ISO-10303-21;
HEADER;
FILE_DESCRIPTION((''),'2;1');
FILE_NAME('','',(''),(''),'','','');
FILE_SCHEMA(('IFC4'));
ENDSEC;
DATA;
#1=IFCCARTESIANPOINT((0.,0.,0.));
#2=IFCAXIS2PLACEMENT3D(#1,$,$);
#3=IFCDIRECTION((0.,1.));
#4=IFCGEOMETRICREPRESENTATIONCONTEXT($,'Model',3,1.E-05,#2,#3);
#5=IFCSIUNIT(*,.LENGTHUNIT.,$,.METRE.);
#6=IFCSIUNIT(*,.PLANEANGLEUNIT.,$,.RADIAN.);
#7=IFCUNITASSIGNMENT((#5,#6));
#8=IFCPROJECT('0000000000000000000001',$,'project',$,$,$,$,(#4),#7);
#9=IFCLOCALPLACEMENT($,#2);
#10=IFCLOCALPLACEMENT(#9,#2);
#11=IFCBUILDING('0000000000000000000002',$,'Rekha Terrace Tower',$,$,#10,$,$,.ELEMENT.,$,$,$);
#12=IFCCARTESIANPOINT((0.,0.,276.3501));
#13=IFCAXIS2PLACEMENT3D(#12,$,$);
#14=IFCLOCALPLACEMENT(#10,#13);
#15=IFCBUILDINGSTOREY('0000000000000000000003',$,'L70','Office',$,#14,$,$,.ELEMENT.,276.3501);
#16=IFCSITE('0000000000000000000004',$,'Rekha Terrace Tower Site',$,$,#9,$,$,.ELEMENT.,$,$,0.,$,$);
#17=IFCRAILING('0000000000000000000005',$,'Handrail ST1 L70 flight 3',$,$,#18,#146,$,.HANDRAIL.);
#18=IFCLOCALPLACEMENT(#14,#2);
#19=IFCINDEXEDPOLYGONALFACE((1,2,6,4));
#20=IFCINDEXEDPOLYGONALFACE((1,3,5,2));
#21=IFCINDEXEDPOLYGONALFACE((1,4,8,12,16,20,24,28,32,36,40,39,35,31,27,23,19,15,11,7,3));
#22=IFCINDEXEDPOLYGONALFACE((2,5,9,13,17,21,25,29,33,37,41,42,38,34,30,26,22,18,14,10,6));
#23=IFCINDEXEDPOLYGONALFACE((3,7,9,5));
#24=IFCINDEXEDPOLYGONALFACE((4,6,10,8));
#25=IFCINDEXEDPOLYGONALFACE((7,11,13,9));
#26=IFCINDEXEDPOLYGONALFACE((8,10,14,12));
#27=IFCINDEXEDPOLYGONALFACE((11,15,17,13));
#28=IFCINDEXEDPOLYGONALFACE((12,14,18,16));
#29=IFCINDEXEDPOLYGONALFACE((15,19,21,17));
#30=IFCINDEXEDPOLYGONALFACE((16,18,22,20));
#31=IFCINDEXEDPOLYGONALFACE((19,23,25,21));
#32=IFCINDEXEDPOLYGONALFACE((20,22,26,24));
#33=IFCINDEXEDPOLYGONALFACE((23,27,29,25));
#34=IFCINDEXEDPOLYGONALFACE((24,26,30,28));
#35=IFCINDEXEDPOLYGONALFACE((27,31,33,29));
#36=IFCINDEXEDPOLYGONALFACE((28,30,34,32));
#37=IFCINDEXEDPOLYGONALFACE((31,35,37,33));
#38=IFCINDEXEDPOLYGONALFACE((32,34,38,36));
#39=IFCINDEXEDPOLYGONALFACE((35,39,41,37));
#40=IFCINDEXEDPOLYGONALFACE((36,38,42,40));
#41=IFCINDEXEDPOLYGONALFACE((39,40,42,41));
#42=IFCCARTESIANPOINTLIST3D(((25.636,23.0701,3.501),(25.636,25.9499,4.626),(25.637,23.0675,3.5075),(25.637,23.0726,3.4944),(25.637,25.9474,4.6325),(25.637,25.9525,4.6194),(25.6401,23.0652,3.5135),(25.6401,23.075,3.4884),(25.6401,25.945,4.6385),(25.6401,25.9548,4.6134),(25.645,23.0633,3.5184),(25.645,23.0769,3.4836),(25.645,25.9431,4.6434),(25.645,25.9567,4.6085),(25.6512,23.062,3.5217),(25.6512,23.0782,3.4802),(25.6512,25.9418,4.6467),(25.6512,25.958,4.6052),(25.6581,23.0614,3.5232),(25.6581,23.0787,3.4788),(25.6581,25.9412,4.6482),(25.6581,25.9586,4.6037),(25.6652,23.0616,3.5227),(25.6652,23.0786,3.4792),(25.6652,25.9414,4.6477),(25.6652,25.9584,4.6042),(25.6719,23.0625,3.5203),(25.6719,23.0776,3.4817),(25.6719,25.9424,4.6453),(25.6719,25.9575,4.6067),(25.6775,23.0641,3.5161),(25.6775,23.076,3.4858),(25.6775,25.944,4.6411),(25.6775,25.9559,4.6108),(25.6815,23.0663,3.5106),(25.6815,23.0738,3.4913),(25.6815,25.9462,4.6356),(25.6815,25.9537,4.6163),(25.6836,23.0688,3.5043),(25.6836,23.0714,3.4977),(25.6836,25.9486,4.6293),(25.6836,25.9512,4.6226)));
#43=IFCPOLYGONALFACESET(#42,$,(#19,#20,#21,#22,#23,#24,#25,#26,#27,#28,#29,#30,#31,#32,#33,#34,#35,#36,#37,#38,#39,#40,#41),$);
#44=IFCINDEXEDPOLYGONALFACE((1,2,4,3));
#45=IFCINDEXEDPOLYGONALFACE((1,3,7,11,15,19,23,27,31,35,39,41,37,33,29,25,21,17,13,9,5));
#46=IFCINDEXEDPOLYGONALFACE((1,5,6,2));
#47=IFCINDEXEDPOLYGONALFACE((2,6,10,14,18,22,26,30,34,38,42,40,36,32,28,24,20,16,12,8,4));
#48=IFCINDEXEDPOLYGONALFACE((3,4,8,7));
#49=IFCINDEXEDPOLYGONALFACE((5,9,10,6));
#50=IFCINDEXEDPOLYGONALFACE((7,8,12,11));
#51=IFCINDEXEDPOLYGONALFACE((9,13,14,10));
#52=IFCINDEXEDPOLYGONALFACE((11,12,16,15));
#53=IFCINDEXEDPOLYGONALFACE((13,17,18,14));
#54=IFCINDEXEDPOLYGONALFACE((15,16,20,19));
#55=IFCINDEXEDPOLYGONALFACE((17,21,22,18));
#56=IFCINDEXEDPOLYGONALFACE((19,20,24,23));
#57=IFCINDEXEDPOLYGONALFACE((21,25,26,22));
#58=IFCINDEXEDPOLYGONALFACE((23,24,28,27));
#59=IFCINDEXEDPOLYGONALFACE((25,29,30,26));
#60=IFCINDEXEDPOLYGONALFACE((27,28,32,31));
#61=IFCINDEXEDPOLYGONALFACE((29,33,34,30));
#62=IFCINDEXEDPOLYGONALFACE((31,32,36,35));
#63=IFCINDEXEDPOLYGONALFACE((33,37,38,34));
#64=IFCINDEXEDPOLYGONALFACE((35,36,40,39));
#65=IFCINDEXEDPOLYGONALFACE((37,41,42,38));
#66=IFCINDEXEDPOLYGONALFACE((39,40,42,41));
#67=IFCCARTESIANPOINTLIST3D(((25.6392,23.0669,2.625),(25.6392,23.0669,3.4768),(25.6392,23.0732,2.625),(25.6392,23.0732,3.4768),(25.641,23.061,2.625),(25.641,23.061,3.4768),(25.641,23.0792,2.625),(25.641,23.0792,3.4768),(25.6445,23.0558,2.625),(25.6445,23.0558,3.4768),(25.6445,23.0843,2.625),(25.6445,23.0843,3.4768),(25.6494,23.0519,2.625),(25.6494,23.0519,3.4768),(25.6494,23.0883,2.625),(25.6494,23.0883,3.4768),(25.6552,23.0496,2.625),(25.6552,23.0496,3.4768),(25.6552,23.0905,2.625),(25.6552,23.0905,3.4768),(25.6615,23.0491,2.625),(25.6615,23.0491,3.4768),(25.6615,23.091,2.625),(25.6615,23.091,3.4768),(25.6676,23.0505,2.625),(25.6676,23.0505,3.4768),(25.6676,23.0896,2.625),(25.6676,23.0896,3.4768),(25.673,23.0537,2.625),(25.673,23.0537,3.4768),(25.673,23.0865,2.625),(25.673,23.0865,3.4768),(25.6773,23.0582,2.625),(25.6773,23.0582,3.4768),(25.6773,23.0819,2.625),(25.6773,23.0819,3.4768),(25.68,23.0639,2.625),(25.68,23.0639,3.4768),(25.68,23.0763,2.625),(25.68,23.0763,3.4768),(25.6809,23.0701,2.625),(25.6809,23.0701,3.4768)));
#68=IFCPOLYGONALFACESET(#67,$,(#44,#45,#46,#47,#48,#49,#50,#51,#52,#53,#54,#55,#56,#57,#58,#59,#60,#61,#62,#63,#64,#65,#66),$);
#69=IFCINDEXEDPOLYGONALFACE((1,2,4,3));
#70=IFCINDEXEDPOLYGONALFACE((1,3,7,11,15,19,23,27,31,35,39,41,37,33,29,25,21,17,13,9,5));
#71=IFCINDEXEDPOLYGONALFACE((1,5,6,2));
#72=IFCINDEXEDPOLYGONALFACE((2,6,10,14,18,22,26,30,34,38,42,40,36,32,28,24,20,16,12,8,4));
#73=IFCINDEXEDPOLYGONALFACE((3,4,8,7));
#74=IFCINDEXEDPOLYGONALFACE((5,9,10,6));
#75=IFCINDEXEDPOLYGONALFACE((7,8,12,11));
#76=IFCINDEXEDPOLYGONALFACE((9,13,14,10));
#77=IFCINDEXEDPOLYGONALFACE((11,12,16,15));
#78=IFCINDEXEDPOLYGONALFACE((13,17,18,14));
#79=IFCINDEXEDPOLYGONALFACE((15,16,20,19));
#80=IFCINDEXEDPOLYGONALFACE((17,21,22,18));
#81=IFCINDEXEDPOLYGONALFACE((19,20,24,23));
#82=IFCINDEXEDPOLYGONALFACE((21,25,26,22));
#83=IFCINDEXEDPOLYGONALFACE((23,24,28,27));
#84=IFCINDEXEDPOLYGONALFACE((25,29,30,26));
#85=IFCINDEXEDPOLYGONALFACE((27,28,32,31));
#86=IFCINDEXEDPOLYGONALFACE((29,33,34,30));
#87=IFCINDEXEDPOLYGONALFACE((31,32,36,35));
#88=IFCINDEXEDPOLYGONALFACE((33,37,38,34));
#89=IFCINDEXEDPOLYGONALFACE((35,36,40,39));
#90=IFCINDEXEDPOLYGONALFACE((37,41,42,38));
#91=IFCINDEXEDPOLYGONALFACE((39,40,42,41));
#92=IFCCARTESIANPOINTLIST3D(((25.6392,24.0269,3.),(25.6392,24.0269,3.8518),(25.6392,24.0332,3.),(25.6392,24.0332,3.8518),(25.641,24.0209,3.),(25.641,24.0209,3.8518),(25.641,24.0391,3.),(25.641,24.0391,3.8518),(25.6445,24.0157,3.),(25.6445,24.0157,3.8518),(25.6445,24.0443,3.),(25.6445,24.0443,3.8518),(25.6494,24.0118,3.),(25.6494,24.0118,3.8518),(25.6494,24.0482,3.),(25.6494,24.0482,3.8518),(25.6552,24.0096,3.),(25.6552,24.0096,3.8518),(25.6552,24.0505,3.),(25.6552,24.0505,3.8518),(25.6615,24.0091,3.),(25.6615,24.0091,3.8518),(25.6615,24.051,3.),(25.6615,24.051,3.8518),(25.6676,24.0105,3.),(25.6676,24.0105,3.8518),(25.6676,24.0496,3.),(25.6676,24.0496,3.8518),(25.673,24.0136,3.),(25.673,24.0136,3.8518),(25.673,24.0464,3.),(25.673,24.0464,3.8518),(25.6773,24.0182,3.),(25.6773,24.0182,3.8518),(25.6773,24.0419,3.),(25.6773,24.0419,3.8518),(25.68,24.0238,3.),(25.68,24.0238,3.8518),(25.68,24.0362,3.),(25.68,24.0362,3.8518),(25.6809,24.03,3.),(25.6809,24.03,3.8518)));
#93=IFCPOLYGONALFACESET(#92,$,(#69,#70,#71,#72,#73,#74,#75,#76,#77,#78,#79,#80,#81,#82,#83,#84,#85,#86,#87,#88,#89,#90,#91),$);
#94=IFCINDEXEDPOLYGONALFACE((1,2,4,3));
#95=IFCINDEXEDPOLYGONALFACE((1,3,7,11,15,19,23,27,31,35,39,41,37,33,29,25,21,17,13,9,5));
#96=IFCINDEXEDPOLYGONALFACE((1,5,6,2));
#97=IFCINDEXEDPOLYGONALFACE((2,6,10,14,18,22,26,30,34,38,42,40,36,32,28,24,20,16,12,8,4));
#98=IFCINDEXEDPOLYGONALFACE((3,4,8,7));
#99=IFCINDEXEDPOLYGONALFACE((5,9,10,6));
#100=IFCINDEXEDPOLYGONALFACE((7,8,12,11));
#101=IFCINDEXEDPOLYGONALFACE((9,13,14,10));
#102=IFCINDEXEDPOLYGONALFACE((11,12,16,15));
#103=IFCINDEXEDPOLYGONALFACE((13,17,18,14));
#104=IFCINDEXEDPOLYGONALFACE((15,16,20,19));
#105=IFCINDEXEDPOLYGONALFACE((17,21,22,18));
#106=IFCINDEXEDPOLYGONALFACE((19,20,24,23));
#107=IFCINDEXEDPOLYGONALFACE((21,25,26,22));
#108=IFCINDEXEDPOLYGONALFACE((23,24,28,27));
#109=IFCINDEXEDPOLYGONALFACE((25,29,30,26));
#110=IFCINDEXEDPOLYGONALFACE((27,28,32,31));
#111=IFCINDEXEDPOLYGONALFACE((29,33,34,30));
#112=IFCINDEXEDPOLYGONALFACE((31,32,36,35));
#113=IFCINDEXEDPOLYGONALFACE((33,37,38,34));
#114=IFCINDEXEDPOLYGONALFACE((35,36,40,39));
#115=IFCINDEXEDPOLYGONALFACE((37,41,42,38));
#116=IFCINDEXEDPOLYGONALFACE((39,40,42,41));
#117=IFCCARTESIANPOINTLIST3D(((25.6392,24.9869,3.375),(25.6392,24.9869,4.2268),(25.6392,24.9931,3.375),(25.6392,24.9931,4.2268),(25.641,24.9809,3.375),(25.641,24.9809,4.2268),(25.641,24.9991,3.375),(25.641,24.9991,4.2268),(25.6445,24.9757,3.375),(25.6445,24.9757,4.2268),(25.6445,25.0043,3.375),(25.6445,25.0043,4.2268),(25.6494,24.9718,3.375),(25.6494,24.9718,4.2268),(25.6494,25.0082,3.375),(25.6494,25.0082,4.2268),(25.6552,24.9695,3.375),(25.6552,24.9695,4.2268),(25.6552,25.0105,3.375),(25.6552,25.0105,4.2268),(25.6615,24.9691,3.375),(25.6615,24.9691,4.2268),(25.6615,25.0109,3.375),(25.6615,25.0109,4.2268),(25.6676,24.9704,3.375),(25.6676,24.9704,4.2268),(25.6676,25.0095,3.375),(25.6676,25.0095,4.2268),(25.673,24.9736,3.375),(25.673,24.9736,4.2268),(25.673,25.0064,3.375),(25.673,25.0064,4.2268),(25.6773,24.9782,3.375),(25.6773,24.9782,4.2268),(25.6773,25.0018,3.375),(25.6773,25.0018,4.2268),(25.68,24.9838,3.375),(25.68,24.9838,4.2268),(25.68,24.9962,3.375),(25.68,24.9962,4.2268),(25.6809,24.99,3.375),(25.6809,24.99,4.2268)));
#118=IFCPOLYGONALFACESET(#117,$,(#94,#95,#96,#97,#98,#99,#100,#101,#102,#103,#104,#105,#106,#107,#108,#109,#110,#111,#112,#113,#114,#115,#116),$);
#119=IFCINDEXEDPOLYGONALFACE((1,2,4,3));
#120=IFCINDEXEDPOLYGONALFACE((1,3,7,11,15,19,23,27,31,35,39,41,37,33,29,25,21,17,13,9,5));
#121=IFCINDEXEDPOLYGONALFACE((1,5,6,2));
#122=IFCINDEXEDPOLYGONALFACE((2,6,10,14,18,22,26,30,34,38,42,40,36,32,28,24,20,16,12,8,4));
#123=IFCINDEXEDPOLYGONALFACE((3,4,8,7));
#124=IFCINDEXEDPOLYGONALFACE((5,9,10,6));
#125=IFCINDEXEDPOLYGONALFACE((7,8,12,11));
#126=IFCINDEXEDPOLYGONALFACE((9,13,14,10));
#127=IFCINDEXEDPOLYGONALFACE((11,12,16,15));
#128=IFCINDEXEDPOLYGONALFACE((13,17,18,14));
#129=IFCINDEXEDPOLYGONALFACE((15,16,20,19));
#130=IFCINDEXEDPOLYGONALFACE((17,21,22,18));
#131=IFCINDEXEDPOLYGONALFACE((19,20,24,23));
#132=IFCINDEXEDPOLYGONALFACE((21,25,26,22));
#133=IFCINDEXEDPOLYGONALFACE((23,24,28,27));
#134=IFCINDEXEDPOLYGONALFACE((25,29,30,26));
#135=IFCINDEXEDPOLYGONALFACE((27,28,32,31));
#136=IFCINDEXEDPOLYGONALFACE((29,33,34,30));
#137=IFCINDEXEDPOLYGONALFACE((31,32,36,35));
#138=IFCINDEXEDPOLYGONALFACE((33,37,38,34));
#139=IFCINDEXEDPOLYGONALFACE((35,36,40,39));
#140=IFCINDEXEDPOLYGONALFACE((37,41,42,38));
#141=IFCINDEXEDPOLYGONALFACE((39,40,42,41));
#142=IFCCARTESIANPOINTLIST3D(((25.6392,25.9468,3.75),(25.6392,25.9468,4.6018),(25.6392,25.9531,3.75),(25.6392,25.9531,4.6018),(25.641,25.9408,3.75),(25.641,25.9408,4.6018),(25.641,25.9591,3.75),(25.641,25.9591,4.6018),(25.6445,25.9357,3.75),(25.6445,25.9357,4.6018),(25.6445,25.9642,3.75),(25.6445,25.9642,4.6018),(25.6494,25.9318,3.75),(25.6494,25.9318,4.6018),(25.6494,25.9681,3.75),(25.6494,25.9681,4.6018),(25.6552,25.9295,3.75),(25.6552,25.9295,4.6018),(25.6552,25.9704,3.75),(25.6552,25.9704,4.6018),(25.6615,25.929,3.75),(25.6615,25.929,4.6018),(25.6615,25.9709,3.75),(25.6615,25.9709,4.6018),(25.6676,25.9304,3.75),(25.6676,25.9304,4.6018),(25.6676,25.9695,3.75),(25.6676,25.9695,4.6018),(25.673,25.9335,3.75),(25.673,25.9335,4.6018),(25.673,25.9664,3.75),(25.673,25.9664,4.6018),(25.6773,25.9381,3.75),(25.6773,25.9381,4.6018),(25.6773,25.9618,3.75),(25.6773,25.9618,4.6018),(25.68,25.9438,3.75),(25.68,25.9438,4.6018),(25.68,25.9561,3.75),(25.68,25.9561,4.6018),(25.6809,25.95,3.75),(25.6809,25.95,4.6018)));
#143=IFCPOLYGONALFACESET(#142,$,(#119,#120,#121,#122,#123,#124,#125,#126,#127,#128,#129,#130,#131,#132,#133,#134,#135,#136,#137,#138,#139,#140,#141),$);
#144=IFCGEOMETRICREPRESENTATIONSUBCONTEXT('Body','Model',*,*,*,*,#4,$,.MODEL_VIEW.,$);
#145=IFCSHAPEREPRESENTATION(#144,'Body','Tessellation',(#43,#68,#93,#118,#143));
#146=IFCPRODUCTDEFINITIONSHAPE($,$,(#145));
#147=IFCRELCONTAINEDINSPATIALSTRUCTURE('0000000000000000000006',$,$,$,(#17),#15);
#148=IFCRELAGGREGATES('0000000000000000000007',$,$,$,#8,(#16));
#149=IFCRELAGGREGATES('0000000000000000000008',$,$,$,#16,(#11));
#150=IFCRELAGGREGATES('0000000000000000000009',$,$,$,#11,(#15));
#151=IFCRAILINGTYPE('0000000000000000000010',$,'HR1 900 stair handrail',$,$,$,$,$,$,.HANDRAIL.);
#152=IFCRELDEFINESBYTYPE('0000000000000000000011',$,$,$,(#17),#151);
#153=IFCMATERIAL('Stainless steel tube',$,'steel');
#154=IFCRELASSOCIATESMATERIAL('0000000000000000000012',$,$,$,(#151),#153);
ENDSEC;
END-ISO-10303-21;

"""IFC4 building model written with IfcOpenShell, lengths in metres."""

from ifc_helpers import new_model, si_unit, direction, frame, origin, origin_2d, place, context, subcontext, project, spatial, circle, extrude, material, type_object, element, save


model = new_model("IFC4")

# Units and contexts
model_context = context("Model", 3, precision=1e-05, world=origin(), true_north=direction((0.0, 1.0)))
body_context = subcontext(model_context, "Body", "Model", "MODEL_VIEW")
ifc_project = project(units=[si_unit("LENGTHUNIT", "METRE"), si_unit("PLANEANGLEUNIT", "RADIAN")], contexts=[model_context])

# Site, building, storey
site_placement = place(None, origin())
site = spatial("IfcSite", under=ifc_project, at=site_placement, Name="Rekha Terrace Tower Site", CompositionType="ELEMENT", RefElevation=0.0)
building_placement = place(site_placement, origin())
building = spatial("IfcBuilding", under=site, at=building_placement, Name="Rekha Terrace Tower", CompositionType="ELEMENT")
storey_placement = place(building_placement, frame((0.0, 0.0, 276.3501)))
storey = spatial("IfcBuildingStorey", under=building, at=storey_placement, Name="L70", Description="Office", CompositionType="ELEMENT", Elevation=276.3501)

# Railing
ifc_material_1 = material(Name="Stainless steel tube", Category="steel")
railing_type_1 = type_object("IfcRailingType", Name="HR1 900 stair handrail", PredefinedType="HANDRAIL", material=ifc_material_1)
railing_1_placement = place(storey_placement, frame((25.6599, 23.0701, 2.625)))
element("IfcRailing", 1, at=railing_1_placement, inside=storey, type_object=railing_type_1, Name="Handrail ST1 L70 flight 3", PredefinedType="HANDRAIL", context=body_context, shape_type="SweptSolid", body=[
    extrude(circle(Radius=0.0239, at=origin_2d()), frame((0.0, 0.0, 0.876), z_axis=(0.0, 0.931452, 0.363863), x_axis=(-1.0, 0.0, 0.0)), (0.0, 0.0, 1.0), 3.0918),
    extrude(circle(Radius=0.021, at=origin_2d()), origin(), (0.0, 0.0, 1.0), 0.8518),
    extrude(circle(Radius=0.021, at=origin_2d()), frame((0.0, 0.96, 0.375)), (0.0, 0.0, 1.0), 0.8518),
    extrude(circle(Radius=0.021, at=origin_2d()), frame((0.0, 1.9199, 0.75)), (0.0, 0.0, 1.0), 0.8518),
    extrude(circle(Radius=0.021, at=origin_2d()), frame((0.0, 2.8799, 1.125)), (0.0, 0.0, 1.0), 0.8518),
])

save(model, "model.ifc")
